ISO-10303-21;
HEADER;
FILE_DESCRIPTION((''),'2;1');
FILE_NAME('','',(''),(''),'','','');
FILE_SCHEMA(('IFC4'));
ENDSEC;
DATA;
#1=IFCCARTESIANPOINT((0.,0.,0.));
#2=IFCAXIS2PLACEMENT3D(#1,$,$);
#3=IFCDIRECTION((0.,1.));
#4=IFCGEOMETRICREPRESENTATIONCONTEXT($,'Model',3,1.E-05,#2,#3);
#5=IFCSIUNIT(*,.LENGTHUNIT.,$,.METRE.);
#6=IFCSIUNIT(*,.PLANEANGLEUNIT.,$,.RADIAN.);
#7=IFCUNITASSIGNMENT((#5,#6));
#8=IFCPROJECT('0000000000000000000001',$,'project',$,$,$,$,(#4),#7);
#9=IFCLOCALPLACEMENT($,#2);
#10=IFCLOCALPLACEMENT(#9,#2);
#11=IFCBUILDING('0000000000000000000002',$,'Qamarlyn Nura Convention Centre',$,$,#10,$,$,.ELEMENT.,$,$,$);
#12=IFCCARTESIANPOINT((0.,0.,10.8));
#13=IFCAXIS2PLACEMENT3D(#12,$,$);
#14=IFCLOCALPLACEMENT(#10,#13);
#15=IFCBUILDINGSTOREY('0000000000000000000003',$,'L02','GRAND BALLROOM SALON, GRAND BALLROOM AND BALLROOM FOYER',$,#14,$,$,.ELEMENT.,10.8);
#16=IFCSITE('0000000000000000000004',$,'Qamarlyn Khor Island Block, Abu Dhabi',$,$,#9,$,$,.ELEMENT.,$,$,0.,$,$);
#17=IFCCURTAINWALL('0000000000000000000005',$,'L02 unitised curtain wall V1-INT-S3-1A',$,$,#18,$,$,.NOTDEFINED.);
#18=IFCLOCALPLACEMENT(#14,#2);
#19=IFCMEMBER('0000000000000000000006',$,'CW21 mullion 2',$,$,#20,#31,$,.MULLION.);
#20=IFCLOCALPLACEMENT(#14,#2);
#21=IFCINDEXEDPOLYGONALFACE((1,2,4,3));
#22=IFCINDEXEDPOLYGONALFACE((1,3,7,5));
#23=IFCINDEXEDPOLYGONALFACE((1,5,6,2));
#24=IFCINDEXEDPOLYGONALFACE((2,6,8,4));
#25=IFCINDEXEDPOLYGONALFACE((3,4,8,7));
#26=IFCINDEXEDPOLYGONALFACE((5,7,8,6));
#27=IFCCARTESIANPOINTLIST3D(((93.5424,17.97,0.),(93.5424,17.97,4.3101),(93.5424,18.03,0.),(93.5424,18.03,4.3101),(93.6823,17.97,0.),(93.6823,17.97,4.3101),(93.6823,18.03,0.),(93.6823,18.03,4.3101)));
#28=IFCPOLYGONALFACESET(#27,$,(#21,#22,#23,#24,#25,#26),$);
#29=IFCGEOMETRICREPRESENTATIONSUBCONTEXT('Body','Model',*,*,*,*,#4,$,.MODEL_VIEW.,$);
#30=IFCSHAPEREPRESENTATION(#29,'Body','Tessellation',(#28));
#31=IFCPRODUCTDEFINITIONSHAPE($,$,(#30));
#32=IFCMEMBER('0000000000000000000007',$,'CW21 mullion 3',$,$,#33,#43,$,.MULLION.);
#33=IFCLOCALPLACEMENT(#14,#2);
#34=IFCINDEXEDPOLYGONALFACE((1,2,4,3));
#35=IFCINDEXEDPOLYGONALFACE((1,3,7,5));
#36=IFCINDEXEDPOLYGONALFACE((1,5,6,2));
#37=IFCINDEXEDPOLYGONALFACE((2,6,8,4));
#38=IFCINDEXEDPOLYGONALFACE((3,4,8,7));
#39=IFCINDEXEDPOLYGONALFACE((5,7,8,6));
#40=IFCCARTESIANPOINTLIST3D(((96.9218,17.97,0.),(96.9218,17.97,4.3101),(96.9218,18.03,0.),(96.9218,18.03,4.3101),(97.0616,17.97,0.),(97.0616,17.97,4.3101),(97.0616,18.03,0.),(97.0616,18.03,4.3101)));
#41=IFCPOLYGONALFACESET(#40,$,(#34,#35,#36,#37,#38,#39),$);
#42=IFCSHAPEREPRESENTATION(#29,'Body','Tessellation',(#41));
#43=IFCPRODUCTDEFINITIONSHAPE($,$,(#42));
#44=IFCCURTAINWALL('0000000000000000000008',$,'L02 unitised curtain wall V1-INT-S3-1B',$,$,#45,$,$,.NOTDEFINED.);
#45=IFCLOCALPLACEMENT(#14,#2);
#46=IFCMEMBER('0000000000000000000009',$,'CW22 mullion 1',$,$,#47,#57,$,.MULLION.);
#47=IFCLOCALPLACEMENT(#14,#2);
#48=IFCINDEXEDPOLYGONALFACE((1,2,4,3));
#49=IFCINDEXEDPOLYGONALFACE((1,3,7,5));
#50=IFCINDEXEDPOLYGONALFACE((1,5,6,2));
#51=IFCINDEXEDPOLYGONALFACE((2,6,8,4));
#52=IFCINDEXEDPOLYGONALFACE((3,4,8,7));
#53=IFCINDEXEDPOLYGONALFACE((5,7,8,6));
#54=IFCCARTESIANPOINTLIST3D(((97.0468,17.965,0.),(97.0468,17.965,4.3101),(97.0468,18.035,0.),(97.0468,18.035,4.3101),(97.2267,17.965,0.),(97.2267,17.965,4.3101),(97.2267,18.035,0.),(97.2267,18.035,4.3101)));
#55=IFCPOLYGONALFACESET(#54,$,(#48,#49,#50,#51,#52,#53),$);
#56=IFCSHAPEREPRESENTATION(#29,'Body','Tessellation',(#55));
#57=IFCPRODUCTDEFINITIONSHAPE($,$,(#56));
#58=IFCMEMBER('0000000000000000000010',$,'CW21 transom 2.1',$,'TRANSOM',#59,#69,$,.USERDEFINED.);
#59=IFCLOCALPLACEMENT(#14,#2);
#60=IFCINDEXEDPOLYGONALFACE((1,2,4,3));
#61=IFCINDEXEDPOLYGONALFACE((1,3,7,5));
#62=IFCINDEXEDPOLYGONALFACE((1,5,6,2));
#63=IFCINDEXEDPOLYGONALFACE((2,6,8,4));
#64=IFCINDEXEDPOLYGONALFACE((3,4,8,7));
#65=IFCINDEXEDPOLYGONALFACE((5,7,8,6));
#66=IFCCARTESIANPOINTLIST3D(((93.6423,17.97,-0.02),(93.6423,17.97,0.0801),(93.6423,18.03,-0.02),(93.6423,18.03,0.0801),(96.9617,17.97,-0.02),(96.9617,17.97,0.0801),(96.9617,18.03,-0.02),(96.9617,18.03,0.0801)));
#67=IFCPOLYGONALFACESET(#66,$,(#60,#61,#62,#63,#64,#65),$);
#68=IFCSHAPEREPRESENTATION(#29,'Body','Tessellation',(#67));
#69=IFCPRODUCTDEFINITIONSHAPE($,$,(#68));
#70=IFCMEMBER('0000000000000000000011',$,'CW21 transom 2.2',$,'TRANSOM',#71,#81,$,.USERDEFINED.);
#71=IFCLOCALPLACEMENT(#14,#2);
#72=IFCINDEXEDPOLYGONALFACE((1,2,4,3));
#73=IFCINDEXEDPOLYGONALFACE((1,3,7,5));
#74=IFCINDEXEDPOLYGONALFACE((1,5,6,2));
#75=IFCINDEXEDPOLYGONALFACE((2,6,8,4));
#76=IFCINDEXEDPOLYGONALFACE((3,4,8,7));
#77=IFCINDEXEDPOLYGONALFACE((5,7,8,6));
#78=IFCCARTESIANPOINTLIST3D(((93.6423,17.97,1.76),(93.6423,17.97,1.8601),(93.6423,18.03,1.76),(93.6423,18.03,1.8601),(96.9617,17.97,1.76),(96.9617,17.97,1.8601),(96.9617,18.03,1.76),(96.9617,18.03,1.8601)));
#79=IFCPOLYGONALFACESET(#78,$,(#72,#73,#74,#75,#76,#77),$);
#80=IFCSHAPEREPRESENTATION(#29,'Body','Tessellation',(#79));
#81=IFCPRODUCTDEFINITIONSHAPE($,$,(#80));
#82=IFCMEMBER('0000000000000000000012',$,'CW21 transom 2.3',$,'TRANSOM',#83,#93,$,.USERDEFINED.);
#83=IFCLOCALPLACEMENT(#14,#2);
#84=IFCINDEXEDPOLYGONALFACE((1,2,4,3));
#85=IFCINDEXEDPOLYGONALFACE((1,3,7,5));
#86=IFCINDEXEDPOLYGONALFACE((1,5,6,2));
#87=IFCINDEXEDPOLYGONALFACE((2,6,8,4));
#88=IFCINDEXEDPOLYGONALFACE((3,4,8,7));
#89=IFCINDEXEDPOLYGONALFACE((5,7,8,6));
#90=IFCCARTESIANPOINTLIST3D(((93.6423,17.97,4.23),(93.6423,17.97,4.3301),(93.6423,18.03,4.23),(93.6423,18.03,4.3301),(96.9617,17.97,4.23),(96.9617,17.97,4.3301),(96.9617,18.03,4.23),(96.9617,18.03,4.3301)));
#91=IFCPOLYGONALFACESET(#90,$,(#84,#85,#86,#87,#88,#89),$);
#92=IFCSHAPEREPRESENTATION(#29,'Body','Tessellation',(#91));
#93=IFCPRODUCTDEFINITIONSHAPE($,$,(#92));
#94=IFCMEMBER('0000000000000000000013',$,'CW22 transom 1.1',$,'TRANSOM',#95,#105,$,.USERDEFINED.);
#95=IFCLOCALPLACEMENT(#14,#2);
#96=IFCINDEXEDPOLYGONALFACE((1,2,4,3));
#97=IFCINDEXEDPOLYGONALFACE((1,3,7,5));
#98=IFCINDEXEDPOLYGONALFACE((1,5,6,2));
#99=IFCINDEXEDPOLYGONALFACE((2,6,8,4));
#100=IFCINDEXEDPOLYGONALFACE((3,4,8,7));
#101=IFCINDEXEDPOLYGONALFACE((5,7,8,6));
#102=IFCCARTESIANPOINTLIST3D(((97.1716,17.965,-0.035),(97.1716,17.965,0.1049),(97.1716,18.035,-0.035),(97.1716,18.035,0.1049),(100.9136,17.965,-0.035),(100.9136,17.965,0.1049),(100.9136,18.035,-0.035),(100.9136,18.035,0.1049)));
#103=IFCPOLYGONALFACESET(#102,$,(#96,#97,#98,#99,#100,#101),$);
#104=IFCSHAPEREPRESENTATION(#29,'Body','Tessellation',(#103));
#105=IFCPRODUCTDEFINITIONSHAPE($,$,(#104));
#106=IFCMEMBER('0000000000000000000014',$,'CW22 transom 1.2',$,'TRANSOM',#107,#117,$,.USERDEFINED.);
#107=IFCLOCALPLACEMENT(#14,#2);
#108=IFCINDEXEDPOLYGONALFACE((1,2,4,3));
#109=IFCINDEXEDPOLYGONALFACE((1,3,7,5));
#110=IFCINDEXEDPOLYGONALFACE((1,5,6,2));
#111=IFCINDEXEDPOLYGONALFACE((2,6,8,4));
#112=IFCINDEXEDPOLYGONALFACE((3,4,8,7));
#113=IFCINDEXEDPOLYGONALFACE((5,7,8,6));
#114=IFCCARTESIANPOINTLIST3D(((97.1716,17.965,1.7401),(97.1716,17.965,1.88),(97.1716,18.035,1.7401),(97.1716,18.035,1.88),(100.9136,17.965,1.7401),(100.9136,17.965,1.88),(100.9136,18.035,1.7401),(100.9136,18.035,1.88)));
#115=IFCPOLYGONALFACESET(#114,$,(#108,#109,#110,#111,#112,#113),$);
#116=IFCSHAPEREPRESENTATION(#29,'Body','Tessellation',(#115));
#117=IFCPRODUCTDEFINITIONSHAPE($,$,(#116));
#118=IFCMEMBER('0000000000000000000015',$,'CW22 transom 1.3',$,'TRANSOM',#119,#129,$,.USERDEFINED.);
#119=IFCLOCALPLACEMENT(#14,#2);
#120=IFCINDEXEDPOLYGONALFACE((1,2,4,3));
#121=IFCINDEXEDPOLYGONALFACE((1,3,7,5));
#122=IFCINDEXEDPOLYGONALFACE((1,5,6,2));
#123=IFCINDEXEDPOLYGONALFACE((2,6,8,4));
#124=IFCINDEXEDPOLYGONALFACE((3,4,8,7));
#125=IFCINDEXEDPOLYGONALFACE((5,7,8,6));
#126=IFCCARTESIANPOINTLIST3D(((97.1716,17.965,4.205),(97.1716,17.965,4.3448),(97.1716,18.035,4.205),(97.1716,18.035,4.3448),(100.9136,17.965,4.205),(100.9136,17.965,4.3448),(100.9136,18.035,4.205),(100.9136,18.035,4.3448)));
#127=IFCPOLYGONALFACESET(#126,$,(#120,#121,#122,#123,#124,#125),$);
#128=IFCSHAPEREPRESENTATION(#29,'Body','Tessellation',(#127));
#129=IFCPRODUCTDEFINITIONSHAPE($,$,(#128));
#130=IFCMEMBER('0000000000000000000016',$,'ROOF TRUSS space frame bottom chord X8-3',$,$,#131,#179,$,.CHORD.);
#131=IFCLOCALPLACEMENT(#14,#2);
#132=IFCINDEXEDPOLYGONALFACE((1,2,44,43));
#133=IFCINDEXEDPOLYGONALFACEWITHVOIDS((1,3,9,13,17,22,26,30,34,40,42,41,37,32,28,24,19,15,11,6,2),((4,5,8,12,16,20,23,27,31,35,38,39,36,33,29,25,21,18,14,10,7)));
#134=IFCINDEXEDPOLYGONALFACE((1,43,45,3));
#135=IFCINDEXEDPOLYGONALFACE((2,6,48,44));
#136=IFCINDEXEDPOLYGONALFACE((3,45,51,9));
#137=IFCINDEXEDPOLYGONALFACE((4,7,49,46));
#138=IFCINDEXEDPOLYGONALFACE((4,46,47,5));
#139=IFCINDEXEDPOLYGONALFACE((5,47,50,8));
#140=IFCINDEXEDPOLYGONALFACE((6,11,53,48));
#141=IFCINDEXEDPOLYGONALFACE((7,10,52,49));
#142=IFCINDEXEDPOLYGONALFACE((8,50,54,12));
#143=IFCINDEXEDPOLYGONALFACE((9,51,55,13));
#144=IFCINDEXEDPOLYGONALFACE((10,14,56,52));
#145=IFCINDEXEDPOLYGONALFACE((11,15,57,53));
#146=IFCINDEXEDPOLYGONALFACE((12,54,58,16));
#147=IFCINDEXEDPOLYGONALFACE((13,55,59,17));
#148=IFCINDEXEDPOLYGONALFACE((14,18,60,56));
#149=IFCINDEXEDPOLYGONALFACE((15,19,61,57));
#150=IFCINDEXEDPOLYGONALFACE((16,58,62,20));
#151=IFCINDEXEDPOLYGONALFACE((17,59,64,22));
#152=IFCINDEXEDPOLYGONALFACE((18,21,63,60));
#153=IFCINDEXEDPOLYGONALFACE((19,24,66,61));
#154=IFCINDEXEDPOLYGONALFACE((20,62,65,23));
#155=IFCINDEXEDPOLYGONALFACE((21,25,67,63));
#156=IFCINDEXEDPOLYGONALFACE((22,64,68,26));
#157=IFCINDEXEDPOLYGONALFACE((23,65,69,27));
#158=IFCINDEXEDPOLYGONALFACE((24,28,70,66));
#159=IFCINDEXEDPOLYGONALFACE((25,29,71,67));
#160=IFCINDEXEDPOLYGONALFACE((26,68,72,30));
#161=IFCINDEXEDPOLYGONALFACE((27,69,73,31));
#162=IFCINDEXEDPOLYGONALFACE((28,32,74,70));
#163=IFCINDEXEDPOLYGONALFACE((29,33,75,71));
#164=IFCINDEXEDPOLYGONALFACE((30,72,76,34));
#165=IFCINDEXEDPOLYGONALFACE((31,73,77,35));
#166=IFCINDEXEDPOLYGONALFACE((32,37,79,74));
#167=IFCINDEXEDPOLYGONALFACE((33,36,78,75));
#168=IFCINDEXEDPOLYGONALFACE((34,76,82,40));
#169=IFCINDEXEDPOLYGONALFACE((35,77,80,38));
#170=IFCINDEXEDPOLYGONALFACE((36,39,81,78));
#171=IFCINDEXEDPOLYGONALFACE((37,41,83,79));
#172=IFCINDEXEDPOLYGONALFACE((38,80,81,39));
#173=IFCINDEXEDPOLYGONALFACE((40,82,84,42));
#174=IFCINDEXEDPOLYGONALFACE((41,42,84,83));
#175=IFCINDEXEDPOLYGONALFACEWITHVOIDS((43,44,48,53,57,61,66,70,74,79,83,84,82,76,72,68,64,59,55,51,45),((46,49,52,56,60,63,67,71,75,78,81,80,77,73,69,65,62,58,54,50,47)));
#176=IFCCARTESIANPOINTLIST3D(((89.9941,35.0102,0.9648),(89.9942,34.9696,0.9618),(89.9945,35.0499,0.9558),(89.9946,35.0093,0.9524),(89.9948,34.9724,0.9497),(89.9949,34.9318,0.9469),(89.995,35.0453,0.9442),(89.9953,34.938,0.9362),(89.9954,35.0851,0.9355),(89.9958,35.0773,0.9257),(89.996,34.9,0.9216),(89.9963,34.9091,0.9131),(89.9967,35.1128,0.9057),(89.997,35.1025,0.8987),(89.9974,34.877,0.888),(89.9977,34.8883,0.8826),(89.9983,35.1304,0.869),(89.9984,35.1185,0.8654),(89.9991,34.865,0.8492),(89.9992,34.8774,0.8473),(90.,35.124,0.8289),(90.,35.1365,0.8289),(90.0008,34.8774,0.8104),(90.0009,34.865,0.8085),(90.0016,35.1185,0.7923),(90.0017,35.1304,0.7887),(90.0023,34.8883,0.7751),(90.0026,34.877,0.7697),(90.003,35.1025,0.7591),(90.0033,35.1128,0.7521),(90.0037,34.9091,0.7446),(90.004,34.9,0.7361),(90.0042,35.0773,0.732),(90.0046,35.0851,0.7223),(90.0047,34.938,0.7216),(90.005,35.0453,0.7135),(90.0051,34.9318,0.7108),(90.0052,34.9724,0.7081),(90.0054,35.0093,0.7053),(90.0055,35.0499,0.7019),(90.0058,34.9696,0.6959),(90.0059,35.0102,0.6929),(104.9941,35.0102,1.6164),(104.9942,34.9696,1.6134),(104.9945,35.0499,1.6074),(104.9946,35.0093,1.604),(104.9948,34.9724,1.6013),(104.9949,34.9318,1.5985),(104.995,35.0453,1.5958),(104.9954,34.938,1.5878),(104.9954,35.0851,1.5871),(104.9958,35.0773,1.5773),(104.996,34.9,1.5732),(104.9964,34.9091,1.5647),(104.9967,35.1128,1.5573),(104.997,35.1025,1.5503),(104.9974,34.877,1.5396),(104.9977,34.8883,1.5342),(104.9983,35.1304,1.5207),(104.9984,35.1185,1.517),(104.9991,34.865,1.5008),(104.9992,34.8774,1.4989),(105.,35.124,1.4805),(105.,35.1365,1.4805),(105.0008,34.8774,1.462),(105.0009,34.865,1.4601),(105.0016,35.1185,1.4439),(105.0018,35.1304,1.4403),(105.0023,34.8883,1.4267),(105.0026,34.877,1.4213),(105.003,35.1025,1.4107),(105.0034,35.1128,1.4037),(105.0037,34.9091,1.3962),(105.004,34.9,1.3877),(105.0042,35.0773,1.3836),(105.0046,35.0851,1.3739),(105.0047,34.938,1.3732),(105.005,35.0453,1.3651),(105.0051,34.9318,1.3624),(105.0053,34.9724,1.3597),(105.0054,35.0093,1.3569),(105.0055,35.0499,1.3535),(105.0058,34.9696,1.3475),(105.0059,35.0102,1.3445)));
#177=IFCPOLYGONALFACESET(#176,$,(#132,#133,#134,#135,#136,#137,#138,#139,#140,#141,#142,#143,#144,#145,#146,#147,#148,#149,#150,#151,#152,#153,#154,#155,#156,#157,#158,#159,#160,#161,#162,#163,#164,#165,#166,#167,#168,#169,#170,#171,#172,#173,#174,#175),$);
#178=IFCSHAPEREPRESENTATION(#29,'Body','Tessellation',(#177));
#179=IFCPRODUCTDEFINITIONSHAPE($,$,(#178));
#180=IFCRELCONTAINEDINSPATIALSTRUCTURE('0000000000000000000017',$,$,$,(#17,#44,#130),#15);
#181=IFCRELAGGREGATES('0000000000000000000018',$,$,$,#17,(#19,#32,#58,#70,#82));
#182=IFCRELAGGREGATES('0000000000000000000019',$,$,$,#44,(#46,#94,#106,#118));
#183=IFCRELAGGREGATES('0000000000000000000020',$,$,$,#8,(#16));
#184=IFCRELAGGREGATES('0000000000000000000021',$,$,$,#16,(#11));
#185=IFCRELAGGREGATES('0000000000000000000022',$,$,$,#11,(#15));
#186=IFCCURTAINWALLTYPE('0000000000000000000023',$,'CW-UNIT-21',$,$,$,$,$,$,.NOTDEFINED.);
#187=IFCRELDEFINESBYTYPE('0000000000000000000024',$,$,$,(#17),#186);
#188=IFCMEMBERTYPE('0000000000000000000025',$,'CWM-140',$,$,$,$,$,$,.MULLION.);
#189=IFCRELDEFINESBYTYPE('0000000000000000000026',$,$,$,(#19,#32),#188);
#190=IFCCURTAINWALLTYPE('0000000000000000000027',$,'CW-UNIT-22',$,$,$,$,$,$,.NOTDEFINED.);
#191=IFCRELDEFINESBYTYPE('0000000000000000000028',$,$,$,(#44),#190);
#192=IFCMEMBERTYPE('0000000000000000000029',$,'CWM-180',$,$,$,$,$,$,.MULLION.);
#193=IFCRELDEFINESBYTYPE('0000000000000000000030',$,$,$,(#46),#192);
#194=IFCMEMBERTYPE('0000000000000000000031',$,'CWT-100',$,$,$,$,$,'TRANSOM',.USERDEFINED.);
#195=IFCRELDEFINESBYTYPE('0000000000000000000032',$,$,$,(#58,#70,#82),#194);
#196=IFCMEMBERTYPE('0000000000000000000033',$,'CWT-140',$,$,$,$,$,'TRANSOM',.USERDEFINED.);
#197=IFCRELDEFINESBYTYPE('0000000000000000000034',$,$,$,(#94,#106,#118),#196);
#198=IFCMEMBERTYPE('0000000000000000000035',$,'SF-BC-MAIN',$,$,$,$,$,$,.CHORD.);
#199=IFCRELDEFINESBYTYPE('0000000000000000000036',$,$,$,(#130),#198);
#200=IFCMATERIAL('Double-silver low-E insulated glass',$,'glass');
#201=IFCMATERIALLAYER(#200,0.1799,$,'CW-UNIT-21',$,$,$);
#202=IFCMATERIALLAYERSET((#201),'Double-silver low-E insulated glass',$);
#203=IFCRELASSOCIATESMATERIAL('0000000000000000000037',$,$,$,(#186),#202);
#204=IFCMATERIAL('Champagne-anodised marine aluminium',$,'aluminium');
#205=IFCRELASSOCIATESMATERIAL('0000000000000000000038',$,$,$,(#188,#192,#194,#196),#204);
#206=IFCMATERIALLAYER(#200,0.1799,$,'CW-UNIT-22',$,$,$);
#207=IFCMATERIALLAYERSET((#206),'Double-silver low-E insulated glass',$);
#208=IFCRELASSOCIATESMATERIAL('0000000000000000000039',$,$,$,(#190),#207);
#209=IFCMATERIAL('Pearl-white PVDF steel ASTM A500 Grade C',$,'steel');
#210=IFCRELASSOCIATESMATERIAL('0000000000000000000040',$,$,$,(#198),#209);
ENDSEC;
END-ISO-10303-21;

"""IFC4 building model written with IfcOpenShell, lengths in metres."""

from ifc_helpers import new_model, si_unit, direction, frame, origin, origin_2d, place, context, subcontext, project, spatial, rectangle, hollow_circle, extrude, material, layer, layer_set, material_profile, profile_set, type_object, element, aggregate, save


model = new_model("IFC4")

# Units and contexts
model_context = context("Model", 3, precision=1e-05, world=origin(), true_north=direction((0.0, 1.0)))
body_context = subcontext(model_context, "Body", "Model", "MODEL_VIEW")
ifc_project = project(units=[si_unit("LENGTHUNIT", "METRE"), si_unit("PLANEANGLEUNIT", "RADIAN")], contexts=[model_context])

# Site, building, storey
site_placement = place(None, origin())
site = spatial("IfcSite", under=ifc_project, at=site_placement, Name="Qamarlyn Khor Island Block, Abu Dhabi", CompositionType="ELEMENT", RefElevation=0.0)
building_placement = place(site_placement, origin())
building = spatial("IfcBuilding", under=site, at=building_placement, Name="Qamarlyn Nura Convention Centre", CompositionType="ELEMENT")
storey_placement = place(building_placement, frame((0.0, 0.0, 10.8)))
storey = spatial("IfcBuildingStorey", under=building, at=storey_placement, Name="L02", Description="GRAND BALLROOM SALON, GRAND BALLROOM AND BALLROOM FOYER", CompositionType="ELEMENT", Elevation=10.8)

# Curtain wall, members
ifc_material_1 = material(Name="Double-silver low-E insulated glass", Category="glass")
ifc_layer_1 = layer(ifc_material_1, 0.1799, Name="CW-UNIT-21")
ifc_layer_set_1 = layer_set([ifc_layer_1], Name="Double-silver low-E insulated glass")
curtain_wall_type_1 = type_object("IfcCurtainWallType", Name="CW-UNIT-21", PredefinedType="NOTDEFINED", material=ifc_layer_set_1)
curtain_wall_1_placement = place(storey_placement, origin())
curtain_wall_1 = element("IfcCurtainWall", 1, at=curtain_wall_1_placement, inside=storey, type_object=curtain_wall_type_1, Name="L02 unitised curtain wall V1-INT-S3-1A", PredefinedType="NOTDEFINED")
ifc_material_2 = material(Name="Champagne-anodised marine aluminium", Category="aluminium")
ifc_material_profile_1 = material_profile(ifc_material_2, rectangle(XDim=0.0601, YDim=0.1399, at=origin_2d()), Name="ALU MULLION 60x140")
ifc_profile_set_1 = profile_set([ifc_material_profile_1], Name="Champagne-anodised marine aluminium")
member_type_1 = type_object("IfcMemberType", Name="CWM-140", PredefinedType="MULLION", material=ifc_profile_set_1)
member_1_placement = place(storey_placement, frame((93.6123, 18.0, 0.0), z_axis=(0.0, 0.0, 1.0), x_axis=(0.0, 1.0, 0.0)))
member_1 = element("IfcMember", 2, at=member_1_placement, type_object=member_type_1, Name="CW21 mullion 2", PredefinedType="MULLION", context=body_context, shape_type="SweptSolid", body=[
    extrude(rectangle(XDim=0.0601, YDim=0.1399, at=origin_2d()), origin(), (0.0, 0.0, 1.0), 4.3101),
])
member_2_placement = place(storey_placement, frame((96.9917, 18.0, 0.0), z_axis=(0.0, 0.0, 1.0), x_axis=(0.0, 1.0, 0.0)))
member_2 = element("IfcMember", 3, at=member_2_placement, type_object=member_type_1, Name="CW21 mullion 3", PredefinedType="MULLION", context=body_context, shape_type="SweptSolid", body=[
    extrude(rectangle(XDim=0.0601, YDim=0.1399, at=origin_2d()), origin(), (0.0, 0.0, 1.0), 4.3101),
])

# Curtain wall, member
ifc_layer_2 = layer(ifc_material_1, 0.1799, Name="CW-UNIT-22")
ifc_layer_set_2 = layer_set([ifc_layer_2], Name="Double-silver low-E insulated glass")
curtain_wall_type_2 = type_object("IfcCurtainWallType", Name="CW-UNIT-22", PredefinedType="NOTDEFINED", material=ifc_layer_set_2)
curtain_wall_2_placement = place(storey_placement, origin())
curtain_wall_2 = element("IfcCurtainWall", 4, at=curtain_wall_2_placement, inside=storey, type_object=curtain_wall_type_2, Name="L02 unitised curtain wall V1-INT-S3-1B", PredefinedType="NOTDEFINED")
ifc_material_profile_2 = material_profile(ifc_material_2, rectangle(XDim=0.0701, YDim=0.1799, at=origin_2d()), Name="ALU MULLION 70x180")
ifc_profile_set_2 = profile_set([ifc_material_profile_2], Name="Champagne-anodised marine aluminium")
member_type_2 = type_object("IfcMemberType", Name="CWM-180", PredefinedType="MULLION", material=ifc_profile_set_2)
member_3_placement = place(storey_placement, frame((97.1367, 18.0, 0.0), z_axis=(0.0, 0.0, 1.0), x_axis=(0.0, 1.0, 0.0)))
member_3 = element("IfcMember", 5, at=member_3_placement, type_object=member_type_2, Name="CW22 mullion 1", PredefinedType="MULLION", context=body_context, shape_type="SweptSolid", body=[
    extrude(rectangle(XDim=0.0701, YDim=0.1799, at=origin_2d()), origin(), (0.0, 0.0, 1.0), 4.3101),
])

# Members
ifc_material_profile_3 = material_profile(ifc_material_2, rectangle(XDim=0.0601, YDim=0.1001, at=origin_2d()), Name="ALU TRANSOM 60x100")
ifc_profile_set_3 = profile_set([ifc_material_profile_3], Name="Champagne-anodised marine aluminium")
member_type_3 = type_object("IfcMemberType", Name="CWT-100", ElementType="TRANSOM", PredefinedType="USERDEFINED", material=ifc_profile_set_3)
member_4_placement = place(storey_placement, frame((93.6423, 18.0, 0.03), z_axis=(1.0, 0.0, 0.0), x_axis=(0.0, 1.0, 0.0)))
member_4 = element("IfcMember", 6, at=member_4_placement, type_object=member_type_3, Name="CW21 transom 2.1", ObjectType="TRANSOM", PredefinedType="USERDEFINED", context=body_context, shape_type="SweptSolid", body=[
    extrude(rectangle(XDim=0.0601, YDim=0.1001, at=origin_2d()), origin(), (0.0, 0.0, 1.0), 3.3193),
])
member_5_placement = place(storey_placement, frame((93.6423, 18.0, 1.8101), z_axis=(1.0, 0.0, 0.0), x_axis=(0.0, 1.0, 0.0)))
member_5 = element("IfcMember", 7, at=member_5_placement, type_object=member_type_3, Name="CW21 transom 2.2", ObjectType="TRANSOM", PredefinedType="USERDEFINED", context=body_context, shape_type="SweptSolid", body=[
    extrude(rectangle(XDim=0.0601, YDim=0.1001, at=origin_2d()), origin(), (0.0, 0.0, 1.0), 3.3193),
])
member_6_placement = place(storey_placement, frame((93.6423, 18.0, 4.28), z_axis=(1.0, 0.0, 0.0), x_axis=(0.0, 1.0, 0.0)))
member_6 = element("IfcMember", 8, at=member_6_placement, type_object=member_type_3, Name="CW21 transom 2.3", ObjectType="TRANSOM", PredefinedType="USERDEFINED", context=body_context, shape_type="SweptSolid", body=[
    extrude(rectangle(XDim=0.0601, YDim=0.1001, at=origin_2d()), origin(), (0.0, 0.0, 1.0), 3.3193),
])
ifc_material_profile_4 = material_profile(ifc_material_2, rectangle(XDim=0.0701, YDim=0.1399, at=origin_2d()), Name="ALU TRANSOM 70x140")
ifc_profile_set_4 = profile_set([ifc_material_profile_4], Name="Champagne-anodised marine aluminium")
member_type_4 = type_object("IfcMemberType", Name="CWT-140", ElementType="TRANSOM", PredefinedType="USERDEFINED", material=ifc_profile_set_4)
member_7_placement = place(storey_placement, frame((97.1716, 18.0, 0.0349), z_axis=(1.0, 0.0, 0.0), x_axis=(0.0, 1.0, 0.0)))
member_7 = element("IfcMember", 9, at=member_7_placement, type_object=member_type_4, Name="CW22 transom 1.1", ObjectType="TRANSOM", PredefinedType="USERDEFINED", context=body_context, shape_type="SweptSolid", body=[
    extrude(rectangle(XDim=0.0701, YDim=0.1399, at=origin_2d()), origin(), (0.0, 0.0, 1.0), 3.7419),
])
member_8_placement = place(storey_placement, frame((97.1716, 18.0, 1.8101), z_axis=(1.0, 0.0, 0.0), x_axis=(0.0, 1.0, 0.0)))
member_8 = element("IfcMember", 10, at=member_8_placement, type_object=member_type_4, Name="CW22 transom 1.2", ObjectType="TRANSOM", PredefinedType="USERDEFINED", context=body_context, shape_type="SweptSolid", body=[
    extrude(rectangle(XDim=0.0701, YDim=0.1399, at=origin_2d()), origin(), (0.0, 0.0, 1.0), 3.7419),
])
member_9_placement = place(storey_placement, frame((97.1716, 18.0, 4.2749), z_axis=(1.0, 0.0, 0.0), x_axis=(0.0, 1.0, 0.0)))
member_9 = element("IfcMember", 11, at=member_9_placement, type_object=member_type_4, Name="CW22 transom 1.3", ObjectType="TRANSOM", PredefinedType="USERDEFINED", context=body_context, shape_type="SweptSolid", body=[
    extrude(rectangle(XDim=0.0701, YDim=0.1399, at=origin_2d()), origin(), (0.0, 0.0, 1.0), 3.7419),
])

# Member
ifc_material_3 = material(Name="Pearl-white PVDF steel ASTM A500 Grade C", Category="steel")
ifc_material_profile_5 = material_profile(ifc_material_3, hollow_circle(Radius=0.1365, WallThickness=0.0125, at=origin_2d()), Name="CHS273X12.5")
ifc_profile_set_5 = profile_set([ifc_material_profile_5], Name="Pearl-white PVDF steel ASTM A500 Grade C")
member_type_5 = type_object("IfcMemberType", Name="SF-BC-MAIN", PredefinedType="CHORD", material=ifc_profile_set_5)
member_10_placement = place(storey_placement, frame((90.0, 35.0, 0.8289), z_axis=(0.999058, 0.0, 0.0434), x_axis=(0.0, 1.0, 0.0)))
element("IfcMember", 12, at=member_10_placement, inside=storey, type_object=member_type_5, Name="ROOF TRUSS space frame bottom chord X8-3", PredefinedType="CHORD", context=body_context, shape_type="SweptSolid", body=[
    extrude(hollow_circle(Radius=0.1365, WallThickness=0.0125, at=origin_2d()), origin(), (0.0, 0.0, 1.0), 15.0142),
])

aggregate(curtain_wall_1, [member_1, member_2, member_4, member_5, member_6])
aggregate(curtain_wall_2, [member_3, member_7, member_8, member_9])

save(model, "model.ifc")
